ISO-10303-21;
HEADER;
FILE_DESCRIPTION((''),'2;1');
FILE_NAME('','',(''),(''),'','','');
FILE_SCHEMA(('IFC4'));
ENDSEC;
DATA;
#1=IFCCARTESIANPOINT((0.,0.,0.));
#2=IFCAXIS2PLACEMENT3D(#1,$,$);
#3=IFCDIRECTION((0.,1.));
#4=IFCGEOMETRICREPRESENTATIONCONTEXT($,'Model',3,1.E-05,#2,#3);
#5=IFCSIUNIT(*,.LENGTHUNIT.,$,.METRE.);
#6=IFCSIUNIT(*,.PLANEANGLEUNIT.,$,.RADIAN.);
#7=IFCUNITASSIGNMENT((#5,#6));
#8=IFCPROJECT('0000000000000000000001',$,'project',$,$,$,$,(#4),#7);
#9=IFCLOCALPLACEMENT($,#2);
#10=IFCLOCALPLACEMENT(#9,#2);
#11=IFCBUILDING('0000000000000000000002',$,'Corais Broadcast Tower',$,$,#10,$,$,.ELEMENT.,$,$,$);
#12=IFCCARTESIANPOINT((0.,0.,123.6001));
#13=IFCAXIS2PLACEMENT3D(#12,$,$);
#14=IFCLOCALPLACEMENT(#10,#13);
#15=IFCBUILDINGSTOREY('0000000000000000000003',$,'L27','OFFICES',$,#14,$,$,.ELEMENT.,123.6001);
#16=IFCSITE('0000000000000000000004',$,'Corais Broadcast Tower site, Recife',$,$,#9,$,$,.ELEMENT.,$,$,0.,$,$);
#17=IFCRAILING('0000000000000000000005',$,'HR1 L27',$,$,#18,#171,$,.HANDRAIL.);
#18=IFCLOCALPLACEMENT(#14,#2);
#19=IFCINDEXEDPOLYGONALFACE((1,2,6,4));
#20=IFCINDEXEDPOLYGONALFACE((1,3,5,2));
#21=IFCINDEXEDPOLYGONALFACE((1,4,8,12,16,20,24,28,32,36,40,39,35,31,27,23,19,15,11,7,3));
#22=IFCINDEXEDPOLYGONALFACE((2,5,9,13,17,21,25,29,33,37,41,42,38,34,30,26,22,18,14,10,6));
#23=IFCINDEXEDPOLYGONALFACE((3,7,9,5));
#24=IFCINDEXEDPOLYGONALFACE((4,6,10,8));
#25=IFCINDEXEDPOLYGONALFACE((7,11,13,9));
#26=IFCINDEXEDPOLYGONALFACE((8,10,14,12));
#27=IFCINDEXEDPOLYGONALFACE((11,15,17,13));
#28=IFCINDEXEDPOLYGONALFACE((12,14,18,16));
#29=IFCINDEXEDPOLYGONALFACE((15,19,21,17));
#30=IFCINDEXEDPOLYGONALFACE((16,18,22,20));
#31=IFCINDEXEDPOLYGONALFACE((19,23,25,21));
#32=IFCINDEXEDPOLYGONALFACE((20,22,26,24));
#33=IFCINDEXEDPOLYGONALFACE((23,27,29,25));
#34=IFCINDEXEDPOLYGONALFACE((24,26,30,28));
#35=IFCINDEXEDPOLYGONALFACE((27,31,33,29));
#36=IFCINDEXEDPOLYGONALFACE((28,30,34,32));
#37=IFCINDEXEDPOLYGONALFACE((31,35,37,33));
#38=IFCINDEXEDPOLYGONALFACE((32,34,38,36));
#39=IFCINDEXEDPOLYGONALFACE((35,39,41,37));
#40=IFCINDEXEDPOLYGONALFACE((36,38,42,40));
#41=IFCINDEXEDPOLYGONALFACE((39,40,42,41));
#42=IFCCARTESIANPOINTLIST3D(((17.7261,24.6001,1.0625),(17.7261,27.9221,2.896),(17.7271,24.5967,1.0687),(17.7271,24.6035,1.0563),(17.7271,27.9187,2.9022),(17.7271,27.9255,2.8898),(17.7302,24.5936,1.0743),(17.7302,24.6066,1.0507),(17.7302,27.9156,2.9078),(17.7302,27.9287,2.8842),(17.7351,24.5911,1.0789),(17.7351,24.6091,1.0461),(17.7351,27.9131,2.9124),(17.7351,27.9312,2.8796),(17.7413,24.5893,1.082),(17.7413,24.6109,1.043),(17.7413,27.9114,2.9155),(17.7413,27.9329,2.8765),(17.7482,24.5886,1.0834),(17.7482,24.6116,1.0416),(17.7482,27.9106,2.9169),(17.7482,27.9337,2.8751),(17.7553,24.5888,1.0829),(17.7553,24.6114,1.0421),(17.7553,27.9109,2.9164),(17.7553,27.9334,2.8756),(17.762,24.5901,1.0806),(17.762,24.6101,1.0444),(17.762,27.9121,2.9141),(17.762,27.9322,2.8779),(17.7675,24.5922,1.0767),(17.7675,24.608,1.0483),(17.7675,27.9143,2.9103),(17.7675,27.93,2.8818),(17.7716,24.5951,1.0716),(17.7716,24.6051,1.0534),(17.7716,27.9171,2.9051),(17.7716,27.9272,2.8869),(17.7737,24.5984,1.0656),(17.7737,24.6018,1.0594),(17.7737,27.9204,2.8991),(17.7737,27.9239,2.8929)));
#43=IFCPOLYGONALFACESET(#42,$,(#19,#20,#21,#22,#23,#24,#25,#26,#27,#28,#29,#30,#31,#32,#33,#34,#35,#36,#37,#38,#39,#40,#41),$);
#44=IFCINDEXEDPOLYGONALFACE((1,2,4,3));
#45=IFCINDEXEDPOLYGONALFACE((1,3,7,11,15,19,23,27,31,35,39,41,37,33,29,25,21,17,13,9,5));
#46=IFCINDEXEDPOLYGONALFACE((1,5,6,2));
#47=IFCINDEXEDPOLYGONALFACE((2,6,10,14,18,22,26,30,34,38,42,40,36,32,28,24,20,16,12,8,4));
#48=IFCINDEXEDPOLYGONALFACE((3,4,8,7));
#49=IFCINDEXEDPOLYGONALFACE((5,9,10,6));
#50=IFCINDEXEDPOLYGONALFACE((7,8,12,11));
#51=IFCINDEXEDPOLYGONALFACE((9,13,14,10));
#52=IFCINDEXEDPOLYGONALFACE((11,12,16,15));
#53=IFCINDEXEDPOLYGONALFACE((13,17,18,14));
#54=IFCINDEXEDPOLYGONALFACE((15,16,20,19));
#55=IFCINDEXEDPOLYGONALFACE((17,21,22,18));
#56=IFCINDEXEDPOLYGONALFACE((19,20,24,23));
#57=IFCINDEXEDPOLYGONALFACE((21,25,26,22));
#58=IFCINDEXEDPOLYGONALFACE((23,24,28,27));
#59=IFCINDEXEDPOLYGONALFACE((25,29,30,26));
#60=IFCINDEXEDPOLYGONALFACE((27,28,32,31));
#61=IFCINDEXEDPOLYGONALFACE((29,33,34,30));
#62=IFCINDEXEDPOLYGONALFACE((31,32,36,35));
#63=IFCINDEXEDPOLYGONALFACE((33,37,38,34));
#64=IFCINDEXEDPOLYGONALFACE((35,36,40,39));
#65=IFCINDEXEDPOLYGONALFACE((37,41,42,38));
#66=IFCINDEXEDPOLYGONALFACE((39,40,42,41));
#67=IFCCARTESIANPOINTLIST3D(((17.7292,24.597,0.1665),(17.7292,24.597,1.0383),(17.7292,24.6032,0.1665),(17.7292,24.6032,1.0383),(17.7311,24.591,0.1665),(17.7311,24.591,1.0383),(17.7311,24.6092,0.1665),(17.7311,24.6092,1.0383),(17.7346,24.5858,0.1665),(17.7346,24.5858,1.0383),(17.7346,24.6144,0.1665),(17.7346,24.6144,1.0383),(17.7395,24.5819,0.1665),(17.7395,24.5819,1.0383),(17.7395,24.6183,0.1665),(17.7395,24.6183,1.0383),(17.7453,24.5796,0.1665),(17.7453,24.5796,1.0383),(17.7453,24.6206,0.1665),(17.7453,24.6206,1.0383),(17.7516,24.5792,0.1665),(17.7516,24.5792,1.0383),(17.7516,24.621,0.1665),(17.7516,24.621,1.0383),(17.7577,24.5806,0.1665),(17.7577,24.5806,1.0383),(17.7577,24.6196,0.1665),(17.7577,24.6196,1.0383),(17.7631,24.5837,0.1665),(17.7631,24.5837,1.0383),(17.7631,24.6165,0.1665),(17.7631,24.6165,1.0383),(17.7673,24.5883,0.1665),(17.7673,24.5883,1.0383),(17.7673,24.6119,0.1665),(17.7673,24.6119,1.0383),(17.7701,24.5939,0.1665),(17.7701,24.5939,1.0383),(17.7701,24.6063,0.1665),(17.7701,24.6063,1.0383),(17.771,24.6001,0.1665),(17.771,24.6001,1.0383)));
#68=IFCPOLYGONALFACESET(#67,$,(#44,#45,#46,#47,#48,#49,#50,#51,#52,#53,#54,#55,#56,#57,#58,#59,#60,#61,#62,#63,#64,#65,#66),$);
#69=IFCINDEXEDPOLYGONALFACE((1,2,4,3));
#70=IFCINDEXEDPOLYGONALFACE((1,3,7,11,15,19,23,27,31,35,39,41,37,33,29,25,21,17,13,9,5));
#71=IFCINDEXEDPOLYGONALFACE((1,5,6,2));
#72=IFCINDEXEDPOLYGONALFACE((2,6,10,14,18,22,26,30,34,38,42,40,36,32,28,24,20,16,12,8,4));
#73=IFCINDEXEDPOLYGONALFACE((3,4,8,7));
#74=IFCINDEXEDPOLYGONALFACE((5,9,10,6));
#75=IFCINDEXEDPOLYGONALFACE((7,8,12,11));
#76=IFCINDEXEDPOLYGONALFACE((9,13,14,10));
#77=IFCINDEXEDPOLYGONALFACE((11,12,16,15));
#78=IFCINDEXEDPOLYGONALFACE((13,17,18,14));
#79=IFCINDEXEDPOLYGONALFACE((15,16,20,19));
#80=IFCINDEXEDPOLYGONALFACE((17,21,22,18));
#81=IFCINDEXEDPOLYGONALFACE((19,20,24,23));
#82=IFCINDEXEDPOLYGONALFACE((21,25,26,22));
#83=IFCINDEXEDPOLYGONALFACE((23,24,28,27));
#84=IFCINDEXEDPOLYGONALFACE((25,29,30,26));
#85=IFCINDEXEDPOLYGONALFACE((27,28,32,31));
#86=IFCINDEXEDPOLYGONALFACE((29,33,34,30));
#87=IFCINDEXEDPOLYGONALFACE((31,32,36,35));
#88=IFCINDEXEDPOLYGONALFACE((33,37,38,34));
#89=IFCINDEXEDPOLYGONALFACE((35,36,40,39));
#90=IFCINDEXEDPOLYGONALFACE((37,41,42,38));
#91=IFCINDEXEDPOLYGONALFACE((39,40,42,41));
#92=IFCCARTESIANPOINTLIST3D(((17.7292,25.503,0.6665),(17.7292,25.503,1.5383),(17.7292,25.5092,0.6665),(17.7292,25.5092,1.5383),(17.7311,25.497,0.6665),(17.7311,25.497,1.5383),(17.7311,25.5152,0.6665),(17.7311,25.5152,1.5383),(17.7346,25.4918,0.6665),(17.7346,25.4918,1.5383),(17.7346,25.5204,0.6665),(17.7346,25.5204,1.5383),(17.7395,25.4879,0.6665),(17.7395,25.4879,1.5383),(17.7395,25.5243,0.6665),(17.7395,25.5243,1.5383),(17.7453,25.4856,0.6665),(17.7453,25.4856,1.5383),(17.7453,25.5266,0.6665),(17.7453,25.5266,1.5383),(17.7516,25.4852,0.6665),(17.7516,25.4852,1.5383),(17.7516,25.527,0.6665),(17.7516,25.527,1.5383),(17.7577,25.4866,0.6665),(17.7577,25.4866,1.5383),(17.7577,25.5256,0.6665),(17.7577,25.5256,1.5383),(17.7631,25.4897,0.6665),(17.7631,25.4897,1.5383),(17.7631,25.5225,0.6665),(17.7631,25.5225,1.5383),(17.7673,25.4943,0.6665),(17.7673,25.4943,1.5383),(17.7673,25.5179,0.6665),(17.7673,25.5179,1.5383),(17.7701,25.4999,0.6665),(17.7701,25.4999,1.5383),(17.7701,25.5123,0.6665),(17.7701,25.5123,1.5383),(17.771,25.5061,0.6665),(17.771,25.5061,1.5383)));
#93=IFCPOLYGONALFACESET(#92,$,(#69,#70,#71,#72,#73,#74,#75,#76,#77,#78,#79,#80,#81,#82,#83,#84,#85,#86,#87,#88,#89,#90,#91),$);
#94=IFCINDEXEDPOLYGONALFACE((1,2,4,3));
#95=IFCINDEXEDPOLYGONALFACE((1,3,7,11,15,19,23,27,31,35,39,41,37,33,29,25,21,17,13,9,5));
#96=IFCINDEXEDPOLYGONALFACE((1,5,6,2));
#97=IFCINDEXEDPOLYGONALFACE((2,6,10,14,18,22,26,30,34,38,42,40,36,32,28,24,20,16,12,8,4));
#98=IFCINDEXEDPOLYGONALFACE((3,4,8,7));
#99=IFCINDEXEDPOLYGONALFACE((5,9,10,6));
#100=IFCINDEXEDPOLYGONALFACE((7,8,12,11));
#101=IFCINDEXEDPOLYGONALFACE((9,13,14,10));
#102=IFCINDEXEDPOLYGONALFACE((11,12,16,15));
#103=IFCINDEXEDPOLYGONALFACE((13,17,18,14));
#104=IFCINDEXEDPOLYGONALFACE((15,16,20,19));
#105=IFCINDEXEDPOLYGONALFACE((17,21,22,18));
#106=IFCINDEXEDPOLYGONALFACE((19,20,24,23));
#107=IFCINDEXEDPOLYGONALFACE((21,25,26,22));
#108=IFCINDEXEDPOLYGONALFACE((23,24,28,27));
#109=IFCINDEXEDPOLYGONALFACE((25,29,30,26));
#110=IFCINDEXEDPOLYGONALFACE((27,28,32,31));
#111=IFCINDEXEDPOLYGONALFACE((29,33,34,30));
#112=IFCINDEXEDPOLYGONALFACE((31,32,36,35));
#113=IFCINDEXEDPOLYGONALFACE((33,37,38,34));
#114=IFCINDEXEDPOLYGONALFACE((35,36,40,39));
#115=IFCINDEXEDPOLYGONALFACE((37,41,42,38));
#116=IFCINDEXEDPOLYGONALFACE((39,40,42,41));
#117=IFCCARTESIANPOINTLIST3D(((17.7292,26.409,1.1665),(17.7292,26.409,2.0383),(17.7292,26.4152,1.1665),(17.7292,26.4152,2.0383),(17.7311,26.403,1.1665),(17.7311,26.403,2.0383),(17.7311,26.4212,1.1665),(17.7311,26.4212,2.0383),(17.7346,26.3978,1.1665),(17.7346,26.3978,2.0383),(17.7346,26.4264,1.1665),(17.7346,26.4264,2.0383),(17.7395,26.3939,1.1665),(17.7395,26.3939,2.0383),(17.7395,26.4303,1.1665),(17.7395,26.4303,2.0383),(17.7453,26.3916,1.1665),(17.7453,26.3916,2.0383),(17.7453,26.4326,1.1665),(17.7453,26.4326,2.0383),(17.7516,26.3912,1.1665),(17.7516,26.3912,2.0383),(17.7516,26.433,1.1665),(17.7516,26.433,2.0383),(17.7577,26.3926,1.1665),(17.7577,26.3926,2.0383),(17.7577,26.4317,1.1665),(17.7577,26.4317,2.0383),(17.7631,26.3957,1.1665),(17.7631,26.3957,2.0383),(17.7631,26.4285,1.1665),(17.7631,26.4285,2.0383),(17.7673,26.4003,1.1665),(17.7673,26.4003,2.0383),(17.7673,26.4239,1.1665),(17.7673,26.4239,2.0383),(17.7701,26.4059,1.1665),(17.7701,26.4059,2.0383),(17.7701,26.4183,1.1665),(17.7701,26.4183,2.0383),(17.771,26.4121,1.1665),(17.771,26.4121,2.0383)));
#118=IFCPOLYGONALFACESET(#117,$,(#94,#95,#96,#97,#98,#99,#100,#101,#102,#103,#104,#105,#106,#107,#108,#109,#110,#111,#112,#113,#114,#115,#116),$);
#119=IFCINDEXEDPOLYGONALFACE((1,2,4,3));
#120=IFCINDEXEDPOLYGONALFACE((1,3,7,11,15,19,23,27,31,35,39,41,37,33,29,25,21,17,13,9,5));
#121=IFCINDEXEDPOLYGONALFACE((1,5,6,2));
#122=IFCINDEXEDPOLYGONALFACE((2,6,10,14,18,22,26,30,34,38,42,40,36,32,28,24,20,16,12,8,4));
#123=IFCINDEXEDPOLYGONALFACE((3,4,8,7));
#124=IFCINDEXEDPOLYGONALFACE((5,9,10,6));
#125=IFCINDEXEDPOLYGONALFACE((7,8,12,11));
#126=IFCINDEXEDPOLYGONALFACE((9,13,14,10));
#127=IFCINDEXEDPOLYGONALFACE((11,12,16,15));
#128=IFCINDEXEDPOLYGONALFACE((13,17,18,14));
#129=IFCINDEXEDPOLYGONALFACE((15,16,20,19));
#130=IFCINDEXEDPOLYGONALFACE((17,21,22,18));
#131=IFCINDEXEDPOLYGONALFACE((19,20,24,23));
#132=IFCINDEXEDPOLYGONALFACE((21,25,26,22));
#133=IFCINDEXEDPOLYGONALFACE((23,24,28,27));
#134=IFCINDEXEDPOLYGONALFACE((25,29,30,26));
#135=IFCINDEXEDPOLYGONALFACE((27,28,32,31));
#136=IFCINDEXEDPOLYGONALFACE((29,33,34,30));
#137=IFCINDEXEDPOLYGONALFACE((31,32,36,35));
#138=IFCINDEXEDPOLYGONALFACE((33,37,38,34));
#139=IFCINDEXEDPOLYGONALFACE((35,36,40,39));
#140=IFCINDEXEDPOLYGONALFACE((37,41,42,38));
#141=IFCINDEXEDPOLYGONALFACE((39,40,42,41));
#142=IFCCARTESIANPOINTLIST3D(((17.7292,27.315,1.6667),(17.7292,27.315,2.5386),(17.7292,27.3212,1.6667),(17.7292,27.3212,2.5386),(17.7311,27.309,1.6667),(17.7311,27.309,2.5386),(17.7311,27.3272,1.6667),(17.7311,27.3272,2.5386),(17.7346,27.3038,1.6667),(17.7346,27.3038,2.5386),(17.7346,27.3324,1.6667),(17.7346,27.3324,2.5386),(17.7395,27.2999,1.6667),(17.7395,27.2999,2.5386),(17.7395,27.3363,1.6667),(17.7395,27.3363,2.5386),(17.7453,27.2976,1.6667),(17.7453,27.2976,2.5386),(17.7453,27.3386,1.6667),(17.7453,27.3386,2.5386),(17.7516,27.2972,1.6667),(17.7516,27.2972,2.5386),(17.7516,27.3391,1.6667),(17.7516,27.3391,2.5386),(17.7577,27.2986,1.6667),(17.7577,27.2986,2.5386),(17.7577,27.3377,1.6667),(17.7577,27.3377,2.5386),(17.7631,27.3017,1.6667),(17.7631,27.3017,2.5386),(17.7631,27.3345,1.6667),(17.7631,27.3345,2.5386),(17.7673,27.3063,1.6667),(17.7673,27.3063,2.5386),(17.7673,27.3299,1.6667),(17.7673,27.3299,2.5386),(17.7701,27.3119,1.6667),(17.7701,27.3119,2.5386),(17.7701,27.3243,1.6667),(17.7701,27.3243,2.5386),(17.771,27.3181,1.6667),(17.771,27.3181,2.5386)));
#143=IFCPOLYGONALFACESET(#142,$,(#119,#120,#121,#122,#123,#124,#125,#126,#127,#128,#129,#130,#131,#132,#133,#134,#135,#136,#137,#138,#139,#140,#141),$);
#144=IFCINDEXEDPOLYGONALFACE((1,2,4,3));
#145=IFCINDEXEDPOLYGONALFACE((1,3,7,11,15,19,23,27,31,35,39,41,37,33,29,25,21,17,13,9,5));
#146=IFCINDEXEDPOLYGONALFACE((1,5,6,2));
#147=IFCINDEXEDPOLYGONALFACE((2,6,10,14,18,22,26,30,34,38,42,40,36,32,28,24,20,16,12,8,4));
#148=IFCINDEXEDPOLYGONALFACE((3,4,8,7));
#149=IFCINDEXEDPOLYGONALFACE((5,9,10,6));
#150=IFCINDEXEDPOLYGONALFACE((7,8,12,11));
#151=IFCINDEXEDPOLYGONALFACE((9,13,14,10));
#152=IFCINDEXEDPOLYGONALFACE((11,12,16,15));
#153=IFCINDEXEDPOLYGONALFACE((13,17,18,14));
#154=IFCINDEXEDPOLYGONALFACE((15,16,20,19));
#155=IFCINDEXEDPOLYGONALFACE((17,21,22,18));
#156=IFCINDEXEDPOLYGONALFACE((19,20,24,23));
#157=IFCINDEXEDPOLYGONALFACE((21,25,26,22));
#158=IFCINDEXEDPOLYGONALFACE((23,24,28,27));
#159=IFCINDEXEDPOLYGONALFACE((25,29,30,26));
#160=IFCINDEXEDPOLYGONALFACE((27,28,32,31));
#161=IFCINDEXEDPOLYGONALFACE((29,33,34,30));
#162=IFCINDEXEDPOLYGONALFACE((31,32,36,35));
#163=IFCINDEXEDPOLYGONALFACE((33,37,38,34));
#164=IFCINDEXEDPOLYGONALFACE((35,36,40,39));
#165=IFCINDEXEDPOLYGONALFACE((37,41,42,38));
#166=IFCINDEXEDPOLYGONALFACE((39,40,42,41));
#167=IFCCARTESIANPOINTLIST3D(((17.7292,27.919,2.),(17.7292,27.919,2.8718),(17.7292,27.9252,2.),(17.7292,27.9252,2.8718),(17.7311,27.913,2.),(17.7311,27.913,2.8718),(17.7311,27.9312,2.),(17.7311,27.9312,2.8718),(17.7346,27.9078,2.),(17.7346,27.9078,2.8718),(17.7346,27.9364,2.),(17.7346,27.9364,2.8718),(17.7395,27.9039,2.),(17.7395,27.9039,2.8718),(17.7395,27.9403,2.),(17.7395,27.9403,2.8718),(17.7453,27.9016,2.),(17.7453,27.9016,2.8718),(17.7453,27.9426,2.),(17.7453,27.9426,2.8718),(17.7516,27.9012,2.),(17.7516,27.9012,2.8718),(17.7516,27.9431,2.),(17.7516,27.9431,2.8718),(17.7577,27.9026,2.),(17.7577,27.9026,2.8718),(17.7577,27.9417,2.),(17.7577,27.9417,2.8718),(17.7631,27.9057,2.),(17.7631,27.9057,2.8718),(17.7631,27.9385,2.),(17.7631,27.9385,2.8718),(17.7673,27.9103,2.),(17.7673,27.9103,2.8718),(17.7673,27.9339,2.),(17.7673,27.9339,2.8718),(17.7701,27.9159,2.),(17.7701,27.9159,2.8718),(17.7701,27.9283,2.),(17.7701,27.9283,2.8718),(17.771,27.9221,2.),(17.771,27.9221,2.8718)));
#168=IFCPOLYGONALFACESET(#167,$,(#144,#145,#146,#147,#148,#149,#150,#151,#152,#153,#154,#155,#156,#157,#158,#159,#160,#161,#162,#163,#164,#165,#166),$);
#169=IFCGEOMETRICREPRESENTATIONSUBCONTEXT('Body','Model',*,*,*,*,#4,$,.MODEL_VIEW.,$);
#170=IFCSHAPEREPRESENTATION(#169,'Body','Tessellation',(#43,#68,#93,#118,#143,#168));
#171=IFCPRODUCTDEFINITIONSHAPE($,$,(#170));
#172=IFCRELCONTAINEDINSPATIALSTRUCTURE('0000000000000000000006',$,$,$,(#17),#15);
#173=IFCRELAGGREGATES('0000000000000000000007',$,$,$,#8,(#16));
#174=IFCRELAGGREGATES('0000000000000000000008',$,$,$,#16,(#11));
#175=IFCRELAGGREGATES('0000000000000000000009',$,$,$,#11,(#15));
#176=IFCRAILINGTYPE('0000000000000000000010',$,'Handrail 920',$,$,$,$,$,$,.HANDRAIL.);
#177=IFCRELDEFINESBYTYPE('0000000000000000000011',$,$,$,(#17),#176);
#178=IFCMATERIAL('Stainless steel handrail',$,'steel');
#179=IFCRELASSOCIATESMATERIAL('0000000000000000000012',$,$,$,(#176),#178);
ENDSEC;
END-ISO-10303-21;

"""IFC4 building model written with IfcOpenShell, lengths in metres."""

from ifc_helpers import new_model, si_unit, direction, frame, origin, origin_2d, place, context, subcontext, project, spatial, circle, extrude, material, type_object, element, save


model = new_model("IFC4")

# Units and contexts
model_context = context("Model", 3, precision=1e-05, world=origin(), true_north=direction((0.0, 1.0)))
body_context = subcontext(model_context, "Body", "Model", "MODEL_VIEW")
ifc_project = project(units=[si_unit("LENGTHUNIT", "METRE"), si_unit("PLANEANGLEUNIT", "RADIAN")], contexts=[model_context])

# Site, building, storey
site_placement = place(None, origin())
site = spatial("IfcSite", under=ifc_project, at=site_placement, Name="Corais Broadcast Tower site, Recife", CompositionType="ELEMENT", RefElevation=0.0)
building_placement = place(site_placement, origin())
building = spatial("IfcBuilding", under=site, at=building_placement, Name="Corais Broadcast Tower", CompositionType="ELEMENT")
storey_placement = place(building_placement, frame((0.0, 0.0, 123.6001)))
storey = spatial("IfcBuildingStorey", under=building, at=storey_placement, Name="L27", Description="OFFICES", CompositionType="ELEMENT", Elevation=123.6001)

# Railing
ifc_material_1 = material(Name="Stainless steel handrail", Category="steel")
railing_type = type_object("IfcRailingType", Name="Handrail 920", PredefinedType="HANDRAIL", material=ifc_material_1)
for number, where, name in (
    (1, (17.75, 24.6001, 0.1665), "HR1 L27"),
):
    element("IfcRailing", number, at=place(storey_placement, frame(where)), inside=storey, type_object=railing_type, Name=name, PredefinedType="HANDRAIL", context=body_context, shape_type="SweptSolid", body=[
        extrude(circle(Radius=0.0239, at=origin_2d()), frame((0.0, 0.0, 0.896), z_axis=(0.0, 0.875504, 0.48321), x_axis=(-1.0, 0.0, 0.0)), (0.0, 0.0, 1.0), 3.7944),
        extrude(circle(Radius=0.021, at=origin_2d()), origin(), (0.0, 0.0, 1.0), 0.8718),
        extrude(circle(Radius=0.021, at=origin_2d()), frame((0.0, 0.906, 0.5)), (0.0, 0.0, 1.0), 0.8718),
        extrude(circle(Radius=0.021, at=origin_2d()), frame((0.0, 1.812, 1.0)), (0.0, 0.0, 1.0), 0.8718),
        extrude(circle(Radius=0.021, at=origin_2d()), frame((0.0, 2.718, 1.5002)), (0.0, 0.0, 1.0), 0.8718),
        extrude(circle(Radius=0.021, at=origin_2d()), frame((0.0, 3.322, 1.8335)), (0.0, 0.0, 1.0), 0.8718),
    ])

save(model, "model.ifc")
